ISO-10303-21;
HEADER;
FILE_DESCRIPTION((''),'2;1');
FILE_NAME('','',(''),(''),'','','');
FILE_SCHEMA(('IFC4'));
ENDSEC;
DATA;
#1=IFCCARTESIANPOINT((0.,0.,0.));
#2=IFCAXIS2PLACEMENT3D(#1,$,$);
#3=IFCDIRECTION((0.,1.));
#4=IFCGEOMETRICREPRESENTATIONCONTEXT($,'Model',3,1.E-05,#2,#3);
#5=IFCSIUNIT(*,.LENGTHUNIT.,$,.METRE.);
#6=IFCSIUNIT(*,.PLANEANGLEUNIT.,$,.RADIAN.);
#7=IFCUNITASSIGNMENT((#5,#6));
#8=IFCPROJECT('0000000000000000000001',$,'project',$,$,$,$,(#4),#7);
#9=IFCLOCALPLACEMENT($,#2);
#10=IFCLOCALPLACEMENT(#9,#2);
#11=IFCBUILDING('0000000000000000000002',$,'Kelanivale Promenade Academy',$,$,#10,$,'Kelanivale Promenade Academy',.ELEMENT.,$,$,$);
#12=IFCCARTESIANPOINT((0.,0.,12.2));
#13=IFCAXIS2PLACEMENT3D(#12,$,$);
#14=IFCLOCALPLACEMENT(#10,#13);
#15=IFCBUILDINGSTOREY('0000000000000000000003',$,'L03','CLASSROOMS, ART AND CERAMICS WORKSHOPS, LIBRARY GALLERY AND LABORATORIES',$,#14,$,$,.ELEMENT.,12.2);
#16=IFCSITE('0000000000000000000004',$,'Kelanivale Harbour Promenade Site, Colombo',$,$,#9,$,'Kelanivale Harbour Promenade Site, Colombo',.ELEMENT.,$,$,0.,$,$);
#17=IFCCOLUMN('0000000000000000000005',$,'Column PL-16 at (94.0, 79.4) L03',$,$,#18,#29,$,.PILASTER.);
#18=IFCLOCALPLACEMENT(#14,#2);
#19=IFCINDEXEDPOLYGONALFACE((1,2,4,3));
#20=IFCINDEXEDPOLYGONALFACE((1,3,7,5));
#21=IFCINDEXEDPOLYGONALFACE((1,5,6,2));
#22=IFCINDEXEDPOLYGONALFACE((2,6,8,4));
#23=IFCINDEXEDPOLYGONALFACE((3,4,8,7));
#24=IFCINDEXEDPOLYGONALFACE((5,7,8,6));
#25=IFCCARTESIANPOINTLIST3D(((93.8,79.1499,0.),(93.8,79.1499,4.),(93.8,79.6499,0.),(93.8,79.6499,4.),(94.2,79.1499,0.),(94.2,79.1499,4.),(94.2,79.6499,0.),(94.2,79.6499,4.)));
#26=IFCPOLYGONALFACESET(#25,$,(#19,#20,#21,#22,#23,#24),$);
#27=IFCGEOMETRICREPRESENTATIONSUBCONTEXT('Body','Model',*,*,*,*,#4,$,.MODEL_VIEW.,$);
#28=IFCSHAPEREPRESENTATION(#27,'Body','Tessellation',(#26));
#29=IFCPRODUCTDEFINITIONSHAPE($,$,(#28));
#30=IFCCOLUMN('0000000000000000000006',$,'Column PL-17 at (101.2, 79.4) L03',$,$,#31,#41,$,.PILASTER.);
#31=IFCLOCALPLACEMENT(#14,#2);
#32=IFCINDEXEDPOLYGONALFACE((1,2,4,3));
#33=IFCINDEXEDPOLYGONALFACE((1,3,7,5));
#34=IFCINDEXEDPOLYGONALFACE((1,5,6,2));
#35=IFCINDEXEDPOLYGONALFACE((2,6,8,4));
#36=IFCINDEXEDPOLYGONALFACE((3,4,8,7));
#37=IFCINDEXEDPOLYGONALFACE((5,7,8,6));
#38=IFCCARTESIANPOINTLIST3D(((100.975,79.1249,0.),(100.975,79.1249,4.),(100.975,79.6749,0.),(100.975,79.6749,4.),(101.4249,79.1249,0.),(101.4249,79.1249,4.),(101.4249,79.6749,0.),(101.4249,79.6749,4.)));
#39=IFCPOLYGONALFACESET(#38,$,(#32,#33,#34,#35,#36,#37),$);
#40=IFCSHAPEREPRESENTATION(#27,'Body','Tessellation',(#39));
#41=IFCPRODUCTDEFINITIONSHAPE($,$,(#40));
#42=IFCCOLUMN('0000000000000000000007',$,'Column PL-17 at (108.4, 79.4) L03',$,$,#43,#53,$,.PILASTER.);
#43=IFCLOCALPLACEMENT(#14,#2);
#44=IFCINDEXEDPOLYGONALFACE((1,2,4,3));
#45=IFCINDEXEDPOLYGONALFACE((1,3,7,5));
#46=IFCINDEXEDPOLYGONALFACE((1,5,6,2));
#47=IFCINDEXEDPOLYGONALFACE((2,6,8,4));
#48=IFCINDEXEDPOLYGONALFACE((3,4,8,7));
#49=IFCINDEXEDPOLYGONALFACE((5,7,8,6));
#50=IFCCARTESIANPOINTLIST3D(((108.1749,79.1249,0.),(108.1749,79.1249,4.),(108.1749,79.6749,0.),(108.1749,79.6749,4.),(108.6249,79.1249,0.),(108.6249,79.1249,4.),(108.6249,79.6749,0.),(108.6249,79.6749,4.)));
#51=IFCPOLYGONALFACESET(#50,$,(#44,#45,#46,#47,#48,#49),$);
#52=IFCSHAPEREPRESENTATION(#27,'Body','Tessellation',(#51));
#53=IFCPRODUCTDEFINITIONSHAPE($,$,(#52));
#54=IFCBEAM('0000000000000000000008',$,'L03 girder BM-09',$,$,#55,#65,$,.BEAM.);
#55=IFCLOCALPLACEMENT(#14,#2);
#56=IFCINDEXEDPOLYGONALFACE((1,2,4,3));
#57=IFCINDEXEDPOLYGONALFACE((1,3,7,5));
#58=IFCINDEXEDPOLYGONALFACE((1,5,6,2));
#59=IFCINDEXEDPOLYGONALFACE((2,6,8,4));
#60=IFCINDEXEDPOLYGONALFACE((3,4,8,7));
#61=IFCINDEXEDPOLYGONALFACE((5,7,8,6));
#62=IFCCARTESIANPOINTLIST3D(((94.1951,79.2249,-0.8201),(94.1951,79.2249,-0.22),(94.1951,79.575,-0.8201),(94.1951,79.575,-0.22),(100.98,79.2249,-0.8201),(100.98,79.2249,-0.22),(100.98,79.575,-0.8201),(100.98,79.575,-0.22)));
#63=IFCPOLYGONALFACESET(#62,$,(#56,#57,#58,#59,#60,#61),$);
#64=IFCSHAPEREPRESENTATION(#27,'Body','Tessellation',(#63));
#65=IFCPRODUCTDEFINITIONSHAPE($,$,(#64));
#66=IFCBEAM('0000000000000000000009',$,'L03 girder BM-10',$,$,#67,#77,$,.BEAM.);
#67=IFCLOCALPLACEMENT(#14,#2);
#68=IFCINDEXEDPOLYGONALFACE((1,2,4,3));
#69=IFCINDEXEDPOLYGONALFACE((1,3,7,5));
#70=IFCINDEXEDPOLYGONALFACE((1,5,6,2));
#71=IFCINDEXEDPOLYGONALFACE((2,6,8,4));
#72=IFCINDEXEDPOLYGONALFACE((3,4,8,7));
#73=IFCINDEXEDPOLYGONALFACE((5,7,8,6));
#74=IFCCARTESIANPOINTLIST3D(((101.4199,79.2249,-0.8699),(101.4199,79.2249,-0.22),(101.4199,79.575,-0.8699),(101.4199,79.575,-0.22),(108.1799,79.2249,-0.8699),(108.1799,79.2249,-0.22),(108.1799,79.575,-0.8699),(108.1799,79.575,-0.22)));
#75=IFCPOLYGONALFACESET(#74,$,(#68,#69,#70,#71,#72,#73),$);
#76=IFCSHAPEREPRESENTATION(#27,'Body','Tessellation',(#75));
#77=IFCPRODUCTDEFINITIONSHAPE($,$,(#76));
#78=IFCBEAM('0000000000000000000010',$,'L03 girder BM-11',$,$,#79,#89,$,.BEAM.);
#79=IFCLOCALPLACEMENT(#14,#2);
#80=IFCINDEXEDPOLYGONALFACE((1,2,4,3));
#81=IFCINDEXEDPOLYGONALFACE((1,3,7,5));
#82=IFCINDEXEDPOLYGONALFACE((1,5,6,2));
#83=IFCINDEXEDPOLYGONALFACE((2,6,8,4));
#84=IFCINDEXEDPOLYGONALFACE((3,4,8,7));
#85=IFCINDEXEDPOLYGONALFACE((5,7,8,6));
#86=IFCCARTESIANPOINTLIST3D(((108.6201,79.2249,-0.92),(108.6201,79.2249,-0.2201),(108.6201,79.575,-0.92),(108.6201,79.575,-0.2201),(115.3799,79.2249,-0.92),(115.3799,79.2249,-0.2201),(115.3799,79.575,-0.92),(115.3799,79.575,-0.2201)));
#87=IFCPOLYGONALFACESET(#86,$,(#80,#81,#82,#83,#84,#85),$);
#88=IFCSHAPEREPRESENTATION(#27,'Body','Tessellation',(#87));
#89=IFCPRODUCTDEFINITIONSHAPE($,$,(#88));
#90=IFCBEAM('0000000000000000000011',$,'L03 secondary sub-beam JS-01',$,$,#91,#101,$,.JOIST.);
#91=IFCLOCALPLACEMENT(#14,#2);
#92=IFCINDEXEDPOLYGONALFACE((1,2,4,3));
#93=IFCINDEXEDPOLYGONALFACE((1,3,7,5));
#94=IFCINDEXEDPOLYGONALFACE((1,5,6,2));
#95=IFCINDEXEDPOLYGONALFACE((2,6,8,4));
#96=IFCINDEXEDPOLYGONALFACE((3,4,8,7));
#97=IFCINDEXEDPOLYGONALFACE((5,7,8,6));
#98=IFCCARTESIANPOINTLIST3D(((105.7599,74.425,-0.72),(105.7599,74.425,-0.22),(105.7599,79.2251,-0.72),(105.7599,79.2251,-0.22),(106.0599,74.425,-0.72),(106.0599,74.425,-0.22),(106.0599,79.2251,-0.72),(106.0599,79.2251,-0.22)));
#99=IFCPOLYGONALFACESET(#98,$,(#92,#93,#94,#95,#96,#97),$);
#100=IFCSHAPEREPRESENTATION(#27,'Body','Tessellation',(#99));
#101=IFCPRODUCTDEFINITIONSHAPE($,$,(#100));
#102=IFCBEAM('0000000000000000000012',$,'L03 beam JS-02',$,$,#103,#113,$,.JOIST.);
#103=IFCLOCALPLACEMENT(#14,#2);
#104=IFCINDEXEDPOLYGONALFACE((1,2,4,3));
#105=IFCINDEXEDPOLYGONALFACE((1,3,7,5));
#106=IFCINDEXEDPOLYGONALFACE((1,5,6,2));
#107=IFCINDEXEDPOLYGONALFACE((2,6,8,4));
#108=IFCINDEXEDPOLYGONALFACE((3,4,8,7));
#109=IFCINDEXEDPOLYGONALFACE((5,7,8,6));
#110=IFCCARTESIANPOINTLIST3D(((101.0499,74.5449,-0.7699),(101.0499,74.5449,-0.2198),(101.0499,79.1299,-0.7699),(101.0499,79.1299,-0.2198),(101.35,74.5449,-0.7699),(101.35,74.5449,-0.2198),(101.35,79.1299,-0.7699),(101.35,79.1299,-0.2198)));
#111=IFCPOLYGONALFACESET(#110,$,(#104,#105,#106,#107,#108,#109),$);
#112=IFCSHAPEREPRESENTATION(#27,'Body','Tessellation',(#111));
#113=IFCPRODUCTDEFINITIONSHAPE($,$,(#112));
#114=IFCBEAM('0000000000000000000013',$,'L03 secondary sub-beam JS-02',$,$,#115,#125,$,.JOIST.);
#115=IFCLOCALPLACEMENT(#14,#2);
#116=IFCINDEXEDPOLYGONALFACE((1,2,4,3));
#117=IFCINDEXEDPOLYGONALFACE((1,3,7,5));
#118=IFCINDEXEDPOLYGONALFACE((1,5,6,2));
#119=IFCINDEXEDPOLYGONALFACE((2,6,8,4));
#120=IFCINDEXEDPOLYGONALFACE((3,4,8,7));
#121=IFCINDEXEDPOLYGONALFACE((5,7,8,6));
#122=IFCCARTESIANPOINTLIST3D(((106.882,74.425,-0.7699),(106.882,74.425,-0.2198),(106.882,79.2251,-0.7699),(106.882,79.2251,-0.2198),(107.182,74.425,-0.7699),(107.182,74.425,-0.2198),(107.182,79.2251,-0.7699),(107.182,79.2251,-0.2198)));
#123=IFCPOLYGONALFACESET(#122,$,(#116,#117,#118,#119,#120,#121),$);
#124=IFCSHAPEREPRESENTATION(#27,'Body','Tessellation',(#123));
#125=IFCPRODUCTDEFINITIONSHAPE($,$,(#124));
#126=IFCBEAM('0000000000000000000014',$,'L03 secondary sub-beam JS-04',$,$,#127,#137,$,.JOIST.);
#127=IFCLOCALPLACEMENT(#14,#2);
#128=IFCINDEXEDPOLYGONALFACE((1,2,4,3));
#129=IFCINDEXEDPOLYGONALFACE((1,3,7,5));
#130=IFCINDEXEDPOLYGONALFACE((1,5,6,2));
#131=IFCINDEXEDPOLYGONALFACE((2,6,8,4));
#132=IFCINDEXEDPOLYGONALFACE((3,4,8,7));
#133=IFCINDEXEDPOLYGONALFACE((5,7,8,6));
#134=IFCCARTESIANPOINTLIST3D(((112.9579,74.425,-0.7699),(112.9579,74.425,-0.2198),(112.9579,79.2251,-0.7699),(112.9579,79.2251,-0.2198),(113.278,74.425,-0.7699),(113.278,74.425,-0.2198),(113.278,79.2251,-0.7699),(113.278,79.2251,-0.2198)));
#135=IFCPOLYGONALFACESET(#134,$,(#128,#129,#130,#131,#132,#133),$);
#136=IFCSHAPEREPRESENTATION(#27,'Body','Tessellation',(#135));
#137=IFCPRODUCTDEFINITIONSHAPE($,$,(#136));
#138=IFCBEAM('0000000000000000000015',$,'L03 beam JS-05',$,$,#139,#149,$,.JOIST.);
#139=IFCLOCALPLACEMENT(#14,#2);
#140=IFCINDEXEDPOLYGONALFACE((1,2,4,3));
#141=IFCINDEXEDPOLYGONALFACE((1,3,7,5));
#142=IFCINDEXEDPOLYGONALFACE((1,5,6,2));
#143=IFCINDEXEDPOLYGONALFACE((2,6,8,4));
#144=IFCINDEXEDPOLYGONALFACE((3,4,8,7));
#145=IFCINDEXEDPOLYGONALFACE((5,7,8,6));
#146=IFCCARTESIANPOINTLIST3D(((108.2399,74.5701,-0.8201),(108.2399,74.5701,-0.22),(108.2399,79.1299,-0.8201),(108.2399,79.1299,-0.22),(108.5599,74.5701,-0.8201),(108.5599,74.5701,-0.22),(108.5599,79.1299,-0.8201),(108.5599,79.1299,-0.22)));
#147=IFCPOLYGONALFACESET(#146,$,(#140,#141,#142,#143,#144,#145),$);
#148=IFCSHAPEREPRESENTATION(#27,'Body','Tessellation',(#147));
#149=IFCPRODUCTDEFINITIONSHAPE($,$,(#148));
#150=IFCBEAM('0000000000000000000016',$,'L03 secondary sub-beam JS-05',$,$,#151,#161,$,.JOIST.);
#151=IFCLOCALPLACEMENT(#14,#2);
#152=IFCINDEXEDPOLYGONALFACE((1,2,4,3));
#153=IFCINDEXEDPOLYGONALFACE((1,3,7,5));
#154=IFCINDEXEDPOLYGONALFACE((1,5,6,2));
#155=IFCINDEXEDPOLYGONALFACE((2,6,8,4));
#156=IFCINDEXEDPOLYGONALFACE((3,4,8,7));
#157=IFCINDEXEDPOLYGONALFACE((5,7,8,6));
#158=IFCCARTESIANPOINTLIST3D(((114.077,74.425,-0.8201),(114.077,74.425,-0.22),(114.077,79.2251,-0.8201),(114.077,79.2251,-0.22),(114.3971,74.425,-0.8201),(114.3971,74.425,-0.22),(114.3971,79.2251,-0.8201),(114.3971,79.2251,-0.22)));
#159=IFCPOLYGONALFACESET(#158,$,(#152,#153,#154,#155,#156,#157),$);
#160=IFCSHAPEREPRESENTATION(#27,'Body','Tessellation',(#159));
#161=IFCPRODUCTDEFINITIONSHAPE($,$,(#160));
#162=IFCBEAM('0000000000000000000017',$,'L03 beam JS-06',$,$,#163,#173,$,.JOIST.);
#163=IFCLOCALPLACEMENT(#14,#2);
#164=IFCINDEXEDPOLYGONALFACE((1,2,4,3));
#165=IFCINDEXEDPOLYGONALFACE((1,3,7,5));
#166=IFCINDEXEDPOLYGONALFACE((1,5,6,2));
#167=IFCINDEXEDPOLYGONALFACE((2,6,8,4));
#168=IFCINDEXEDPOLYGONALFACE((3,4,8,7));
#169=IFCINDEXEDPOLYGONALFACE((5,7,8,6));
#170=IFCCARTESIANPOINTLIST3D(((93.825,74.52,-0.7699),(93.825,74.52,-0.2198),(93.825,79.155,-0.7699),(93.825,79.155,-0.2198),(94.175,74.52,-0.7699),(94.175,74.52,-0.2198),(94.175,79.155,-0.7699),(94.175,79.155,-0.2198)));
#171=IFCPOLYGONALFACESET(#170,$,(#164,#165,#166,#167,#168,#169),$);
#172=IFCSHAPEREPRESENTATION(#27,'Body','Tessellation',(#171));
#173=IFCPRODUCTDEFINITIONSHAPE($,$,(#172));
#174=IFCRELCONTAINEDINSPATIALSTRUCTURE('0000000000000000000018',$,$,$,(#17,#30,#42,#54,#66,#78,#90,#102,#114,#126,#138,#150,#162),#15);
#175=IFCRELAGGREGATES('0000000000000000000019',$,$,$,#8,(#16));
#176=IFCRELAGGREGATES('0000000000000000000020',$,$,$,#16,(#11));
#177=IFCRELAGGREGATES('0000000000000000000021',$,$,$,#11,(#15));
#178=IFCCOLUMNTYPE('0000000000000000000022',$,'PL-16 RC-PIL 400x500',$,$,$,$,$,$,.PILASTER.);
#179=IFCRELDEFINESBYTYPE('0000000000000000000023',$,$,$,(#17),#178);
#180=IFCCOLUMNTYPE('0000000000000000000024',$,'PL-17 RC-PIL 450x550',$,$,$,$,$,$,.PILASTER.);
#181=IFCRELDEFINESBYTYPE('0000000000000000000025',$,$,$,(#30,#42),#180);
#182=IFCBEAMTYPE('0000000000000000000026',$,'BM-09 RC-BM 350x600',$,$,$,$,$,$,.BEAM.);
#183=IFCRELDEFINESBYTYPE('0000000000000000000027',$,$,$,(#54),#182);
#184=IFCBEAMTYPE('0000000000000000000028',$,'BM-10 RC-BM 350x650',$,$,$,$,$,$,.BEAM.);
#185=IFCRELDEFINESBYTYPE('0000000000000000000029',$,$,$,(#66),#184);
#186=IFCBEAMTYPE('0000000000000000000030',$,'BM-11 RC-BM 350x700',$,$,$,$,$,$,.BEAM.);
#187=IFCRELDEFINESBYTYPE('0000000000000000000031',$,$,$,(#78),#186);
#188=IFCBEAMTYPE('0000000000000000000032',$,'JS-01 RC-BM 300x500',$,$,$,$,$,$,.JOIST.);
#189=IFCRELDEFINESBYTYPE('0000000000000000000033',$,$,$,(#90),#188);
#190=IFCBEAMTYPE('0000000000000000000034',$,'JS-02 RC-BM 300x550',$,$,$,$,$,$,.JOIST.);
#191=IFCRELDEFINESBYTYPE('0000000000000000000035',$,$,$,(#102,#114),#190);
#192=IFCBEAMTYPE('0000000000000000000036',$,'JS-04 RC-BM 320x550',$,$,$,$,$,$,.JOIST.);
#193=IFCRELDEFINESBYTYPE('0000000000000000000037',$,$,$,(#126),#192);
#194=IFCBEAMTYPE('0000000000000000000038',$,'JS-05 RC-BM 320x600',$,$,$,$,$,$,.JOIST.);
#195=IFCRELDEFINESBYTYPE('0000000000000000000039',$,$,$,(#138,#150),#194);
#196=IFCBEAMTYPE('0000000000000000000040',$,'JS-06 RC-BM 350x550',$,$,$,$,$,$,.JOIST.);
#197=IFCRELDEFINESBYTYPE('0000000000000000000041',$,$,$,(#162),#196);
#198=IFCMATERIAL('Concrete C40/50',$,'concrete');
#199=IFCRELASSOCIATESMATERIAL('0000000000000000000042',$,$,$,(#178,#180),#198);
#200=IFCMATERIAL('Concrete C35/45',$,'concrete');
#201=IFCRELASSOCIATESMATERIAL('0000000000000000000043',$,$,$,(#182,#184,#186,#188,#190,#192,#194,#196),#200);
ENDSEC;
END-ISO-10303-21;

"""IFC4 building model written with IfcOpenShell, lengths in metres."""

from ifc_helpers import new_model, si_unit, direction, frame, origin, origin_2d, place, context, subcontext, project, spatial, rectangle, extrude, material, material_profile, profile_set, type_object, element, save


model = new_model("IFC4")

# Units and contexts
model_context = context("Model", 3, precision=1e-05, world=origin(), true_north=direction((0.0, 1.0)))
body_context = subcontext(model_context, "Body", "Model", "MODEL_VIEW")
ifc_project = project(units=[si_unit("LENGTHUNIT", "METRE"), si_unit("PLANEANGLEUNIT", "RADIAN")], contexts=[model_context])

# Site, building, storey
site_placement = place(None, origin())
site = spatial("IfcSite", under=ifc_project, at=site_placement, Name="Kelanivale Harbour Promenade Site, Colombo", LongName="Kelanivale Harbour Promenade Site, Colombo", CompositionType="ELEMENT", RefElevation=0.0)
building_placement = place(site_placement, origin())
building = spatial("IfcBuilding", under=site, at=building_placement, Name="Kelanivale Promenade Academy", LongName="Kelanivale Promenade Academy", CompositionType="ELEMENT")
storey_placement = place(building_placement, frame((0.0, 0.0, 12.2)))
storey = spatial("IfcBuildingStorey", under=building, at=storey_placement, Name="L03", Description="CLASSROOMS, ART AND CERAMICS WORKSHOPS, LIBRARY GALLERY AND LABORATORIES", CompositionType="ELEMENT", Elevation=12.2)

# Columns
ifc_material_1 = material(Name="Concrete C40/50", Category="concrete")
ifc_material_profile_1 = material_profile(ifc_material_1, rectangle(XDim=0.3999, YDim=0.5, at=origin_2d()), Name="RC-PIL 400x500")
ifc_profile_set_1 = profile_set([ifc_material_profile_1], Name="Concrete C40/50")
column_type_1 = type_object("IfcColumnType", Name="PL-16 RC-PIL 400x500", PredefinedType="PILASTER", material=ifc_profile_set_1)
column_placement = place(storey_placement, frame((94.0, 79.3999, 0.0), z_axis=(0.0, 0.0, 1.0), x_axis=(1.0, 0.0, 0.0)))
element("IfcColumn", 1, at=column_placement, inside=storey, type_object=column_type_1, Name="Column PL-16 at (94.0, 79.4) L03", PredefinedType="PILASTER", context=body_context, shape_type="SweptSolid", body=[
    extrude(rectangle(XDim=0.3999, YDim=0.5, at=origin_2d()), origin(), (0.0, 0.0, 1.0), 4.0),
])
ifc_material_profile_2 = material_profile(ifc_material_1, rectangle(XDim=0.45, YDim=0.55, at=origin_2d()), Name="RC-PIL 450x550")
ifc_profile_set_2 = profile_set([ifc_material_profile_2], Name="Concrete C40/50")
column_type_2 = type_object("IfcColumnType", Name="PL-17 RC-PIL 450x550", PredefinedType="PILASTER", material=ifc_profile_set_2)
for number, where, z_axis, x_axis, name in (
    (2, (101.2, 79.3999, 0.0), (0.0, 0.0, 1.0), (1.0, 0.0, 0.0), "Column PL-17 at (101.2, 79.4) L03"),
    (3, (108.3999, 79.3999, 0.0), (0.0, 0.0, 1.0), (1.0, 0.0, 0.0), "Column PL-17 at (108.4, 79.4) L03"),
):
    element("IfcColumn", number, at=place(storey_placement, frame(where, z_axis=z_axis, x_axis=x_axis)), inside=storey, type_object=column_type_2, Name=name, PredefinedType="PILASTER", context=body_context, shape_type="SweptSolid", body=[
        extrude(rectangle(XDim=0.45, YDim=0.55, at=origin_2d()), origin(), (0.0, 0.0, 1.0), 4.0),
    ])

# Beams
ifc_material_2 = material(Name="Concrete C35/45", Category="concrete")
ifc_material_profile_3 = material_profile(ifc_material_2, rectangle(XDim=0.3501, YDim=0.6001, at=origin_2d()), Name="RC-BM 350x600")
ifc_profile_set_3 = profile_set([ifc_material_profile_3], Name="Concrete C35/45")
beam_type_1 = type_object("IfcBeamType", Name="BM-09 RC-BM 350x600", PredefinedType="BEAM", material=ifc_profile_set_3)
beam_1_placement = place(storey_placement, frame((94.1951, 79.3999, -0.52), z_axis=(1.0, 0.0, 0.0), x_axis=(0.0, 1.0, 0.0)))
element("IfcBeam", 4, at=beam_1_placement, inside=storey, type_object=beam_type_1, Name="L03 girder BM-09", PredefinedType="BEAM", context=body_context, shape_type="SweptSolid", body=[
    extrude(rectangle(XDim=0.3501, YDim=0.6001, at=origin_2d()), origin(), (0.0, 0.0, 1.0), 6.7849),
])
ifc_material_profile_4 = material_profile(ifc_material_2, rectangle(XDim=0.3501, YDim=0.6499, at=origin_2d()), Name="RC-BM 350x650")
ifc_profile_set_4 = profile_set([ifc_material_profile_4], Name="Concrete C35/45")
beam_type_2 = type_object("IfcBeamType", Name="BM-10 RC-BM 350x650", PredefinedType="BEAM", material=ifc_profile_set_4)
beam_2_placement = place(storey_placement, frame((101.4199, 79.3999, -0.5449), z_axis=(1.0, 0.0, 0.0), x_axis=(0.0, 1.0, 0.0)))
element("IfcBeam", 5, at=beam_2_placement, inside=storey, type_object=beam_type_2, Name="L03 girder BM-10", PredefinedType="BEAM", context=body_context, shape_type="SweptSolid", body=[
    extrude(rectangle(XDim=0.3501, YDim=0.6499, at=origin_2d()), origin(), (0.0, 0.0, 1.0), 6.76),
])
ifc_material_profile_5 = material_profile(ifc_material_2, rectangle(XDim=0.3501, YDim=0.7, at=origin_2d()), Name="RC-BM 350x700")
ifc_profile_set_5 = profile_set([ifc_material_profile_5], Name="Concrete C35/45")
beam_type_3 = type_object("IfcBeamType", Name="BM-11 RC-BM 350x700", PredefinedType="BEAM", material=ifc_profile_set_5)
beam_3_placement = place(storey_placement, frame((108.6201, 79.3999, -0.5701), z_axis=(1.0, 0.0, 0.0), x_axis=(0.0, 1.0, 0.0)))
element("IfcBeam", 6, at=beam_3_placement, inside=storey, type_object=beam_type_3, Name="L03 girder BM-11", PredefinedType="BEAM", context=body_context, shape_type="SweptSolid", body=[
    extrude(rectangle(XDim=0.3501, YDim=0.7, at=origin_2d()), origin(), (0.0, 0.0, 1.0), 6.7598),
])
ifc_material_profile_6 = material_profile(ifc_material_2, rectangle(XDim=0.3, YDim=0.5, at=origin_2d()), Name="RC-BM 300x500")
ifc_profile_set_6 = profile_set([ifc_material_profile_6], Name="Concrete C35/45")
beam_type_4 = type_object("IfcBeamType", Name="JS-01 RC-BM 300x500", PredefinedType="JOIST", material=ifc_profile_set_6)
beam_4_placement = place(storey_placement, frame((105.9099, 74.425, -0.47), z_axis=(0.0, 1.0, 0.0), x_axis=(-1.0, 0.0, 0.0)))
element("IfcBeam", 7, at=beam_4_placement, inside=storey, type_object=beam_type_4, Name="L03 secondary sub-beam JS-01", PredefinedType="JOIST", context=body_context, shape_type="SweptSolid", body=[
    extrude(rectangle(XDim=0.3, YDim=0.5, at=origin_2d()), origin(), (0.0, 0.0, 1.0), 4.8),
])
ifc_material_profile_7 = material_profile(ifc_material_2, rectangle(XDim=0.3, YDim=0.55, at=origin_2d()), Name="RC-BM 300x550")
ifc_profile_set_7 = profile_set([ifc_material_profile_7], Name="Concrete C35/45")
beam_type_5 = type_object("IfcBeamType", Name="JS-02 RC-BM 300x550", PredefinedType="JOIST", material=ifc_profile_set_7)
beam_5_placement = place(storey_placement, frame((101.2, 74.5449, -0.4949), z_axis=(0.0, 1.0, 0.0), x_axis=(-1.0, 0.0, 0.0)))
element("IfcBeam", 8, at=beam_5_placement, inside=storey, type_object=beam_type_5, Name="L03 beam JS-02", PredefinedType="JOIST", context=body_context, shape_type="SweptSolid", body=[
    extrude(rectangle(XDim=0.3, YDim=0.55, at=origin_2d()), origin(), (0.0, 0.0, 1.0), 4.585),
])
beam_6_placement = place(storey_placement, frame((107.032, 74.425, -0.4949), z_axis=(0.0, 1.0, 0.0), x_axis=(-1.0, 0.0, 0.0)))
element("IfcBeam", 9, at=beam_6_placement, inside=storey, type_object=beam_type_5, Name="L03 secondary sub-beam JS-02", PredefinedType="JOIST", context=body_context, shape_type="SweptSolid", body=[
    extrude(rectangle(XDim=0.3, YDim=0.55, at=origin_2d()), origin(), (0.0, 0.0, 1.0), 4.8),
])
ifc_material_profile_8 = material_profile(ifc_material_2, rectangle(XDim=0.3201, YDim=0.55, at=origin_2d()), Name="RC-BM 320x550")
ifc_profile_set_8 = profile_set([ifc_material_profile_8], Name="Concrete C35/45")
beam_type_6 = type_object("IfcBeamType", Name="JS-04 RC-BM 320x550", PredefinedType="JOIST", material=ifc_profile_set_8)
beam_7_placement = place(storey_placement, frame((113.1179, 74.425, -0.4949), z_axis=(0.0, 1.0, 0.0), x_axis=(-1.0, 0.0, 0.0)))
element("IfcBeam", 10, at=beam_7_placement, inside=storey, type_object=beam_type_6, Name="L03 secondary sub-beam JS-04", PredefinedType="JOIST", context=body_context, shape_type="SweptSolid", body=[
    extrude(rectangle(XDim=0.3201, YDim=0.55, at=origin_2d()), origin(), (0.0, 0.0, 1.0), 4.8),
])
ifc_material_profile_9 = material_profile(ifc_material_2, rectangle(XDim=0.3201, YDim=0.6001, at=origin_2d()), Name="RC-BM 320x600")
ifc_profile_set_9 = profile_set([ifc_material_profile_9], Name="Concrete C35/45")
beam_type_7 = type_object("IfcBeamType", Name="JS-05 RC-BM 320x600", PredefinedType="JOIST", material=ifc_profile_set_9)
beam_8_placement = place(storey_placement, frame((108.3999, 74.5701, -0.52), z_axis=(0.0, 1.0, 0.0), x_axis=(-1.0, 0.0, 0.0)))
element("IfcBeam", 11, at=beam_8_placement, inside=storey, type_object=beam_type_7, Name="L03 beam JS-05", PredefinedType="JOIST", context=body_context, shape_type="SweptSolid", body=[
    extrude(rectangle(XDim=0.3201, YDim=0.6001, at=origin_2d()), origin(), (0.0, 0.0, 1.0), 4.5598),
])
beam_9_placement = place(storey_placement, frame((114.2371, 74.425, -0.52), z_axis=(0.0, 1.0, 0.0), x_axis=(-1.0, 0.0, 0.0)))
element("IfcBeam", 12, at=beam_9_placement, inside=storey, type_object=beam_type_7, Name="L03 secondary sub-beam JS-05", PredefinedType="JOIST", context=body_context, shape_type="SweptSolid", body=[
    extrude(rectangle(XDim=0.3201, YDim=0.6001, at=origin_2d()), origin(), (0.0, 0.0, 1.0), 4.8),
])
ifc_material_profile_10 = material_profile(ifc_material_2, rectangle(XDim=0.3501, YDim=0.55, at=origin_2d()), Name="RC-BM 350x550")
ifc_profile_set_10 = profile_set([ifc_material_profile_10], Name="Concrete C35/45")
beam_type_8 = type_object("IfcBeamType", Name="JS-06 RC-BM 350x550", PredefinedType="JOIST", material=ifc_profile_set_10)
beam_10_placement = place(storey_placement, frame((94.0, 74.52, -0.4949), z_axis=(0.0, 1.0, 0.0), x_axis=(-1.0, 0.0, 0.0)))
element("IfcBeam", 13, at=beam_10_placement, inside=storey, type_object=beam_type_8, Name="L03 beam JS-06", PredefinedType="JOIST", context=body_context, shape_type="SweptSolid", body=[
    extrude(rectangle(XDim=0.3501, YDim=0.55, at=origin_2d()), origin(), (0.0, 0.0, 1.0), 4.635),
])

save(model, "model.ifc")
